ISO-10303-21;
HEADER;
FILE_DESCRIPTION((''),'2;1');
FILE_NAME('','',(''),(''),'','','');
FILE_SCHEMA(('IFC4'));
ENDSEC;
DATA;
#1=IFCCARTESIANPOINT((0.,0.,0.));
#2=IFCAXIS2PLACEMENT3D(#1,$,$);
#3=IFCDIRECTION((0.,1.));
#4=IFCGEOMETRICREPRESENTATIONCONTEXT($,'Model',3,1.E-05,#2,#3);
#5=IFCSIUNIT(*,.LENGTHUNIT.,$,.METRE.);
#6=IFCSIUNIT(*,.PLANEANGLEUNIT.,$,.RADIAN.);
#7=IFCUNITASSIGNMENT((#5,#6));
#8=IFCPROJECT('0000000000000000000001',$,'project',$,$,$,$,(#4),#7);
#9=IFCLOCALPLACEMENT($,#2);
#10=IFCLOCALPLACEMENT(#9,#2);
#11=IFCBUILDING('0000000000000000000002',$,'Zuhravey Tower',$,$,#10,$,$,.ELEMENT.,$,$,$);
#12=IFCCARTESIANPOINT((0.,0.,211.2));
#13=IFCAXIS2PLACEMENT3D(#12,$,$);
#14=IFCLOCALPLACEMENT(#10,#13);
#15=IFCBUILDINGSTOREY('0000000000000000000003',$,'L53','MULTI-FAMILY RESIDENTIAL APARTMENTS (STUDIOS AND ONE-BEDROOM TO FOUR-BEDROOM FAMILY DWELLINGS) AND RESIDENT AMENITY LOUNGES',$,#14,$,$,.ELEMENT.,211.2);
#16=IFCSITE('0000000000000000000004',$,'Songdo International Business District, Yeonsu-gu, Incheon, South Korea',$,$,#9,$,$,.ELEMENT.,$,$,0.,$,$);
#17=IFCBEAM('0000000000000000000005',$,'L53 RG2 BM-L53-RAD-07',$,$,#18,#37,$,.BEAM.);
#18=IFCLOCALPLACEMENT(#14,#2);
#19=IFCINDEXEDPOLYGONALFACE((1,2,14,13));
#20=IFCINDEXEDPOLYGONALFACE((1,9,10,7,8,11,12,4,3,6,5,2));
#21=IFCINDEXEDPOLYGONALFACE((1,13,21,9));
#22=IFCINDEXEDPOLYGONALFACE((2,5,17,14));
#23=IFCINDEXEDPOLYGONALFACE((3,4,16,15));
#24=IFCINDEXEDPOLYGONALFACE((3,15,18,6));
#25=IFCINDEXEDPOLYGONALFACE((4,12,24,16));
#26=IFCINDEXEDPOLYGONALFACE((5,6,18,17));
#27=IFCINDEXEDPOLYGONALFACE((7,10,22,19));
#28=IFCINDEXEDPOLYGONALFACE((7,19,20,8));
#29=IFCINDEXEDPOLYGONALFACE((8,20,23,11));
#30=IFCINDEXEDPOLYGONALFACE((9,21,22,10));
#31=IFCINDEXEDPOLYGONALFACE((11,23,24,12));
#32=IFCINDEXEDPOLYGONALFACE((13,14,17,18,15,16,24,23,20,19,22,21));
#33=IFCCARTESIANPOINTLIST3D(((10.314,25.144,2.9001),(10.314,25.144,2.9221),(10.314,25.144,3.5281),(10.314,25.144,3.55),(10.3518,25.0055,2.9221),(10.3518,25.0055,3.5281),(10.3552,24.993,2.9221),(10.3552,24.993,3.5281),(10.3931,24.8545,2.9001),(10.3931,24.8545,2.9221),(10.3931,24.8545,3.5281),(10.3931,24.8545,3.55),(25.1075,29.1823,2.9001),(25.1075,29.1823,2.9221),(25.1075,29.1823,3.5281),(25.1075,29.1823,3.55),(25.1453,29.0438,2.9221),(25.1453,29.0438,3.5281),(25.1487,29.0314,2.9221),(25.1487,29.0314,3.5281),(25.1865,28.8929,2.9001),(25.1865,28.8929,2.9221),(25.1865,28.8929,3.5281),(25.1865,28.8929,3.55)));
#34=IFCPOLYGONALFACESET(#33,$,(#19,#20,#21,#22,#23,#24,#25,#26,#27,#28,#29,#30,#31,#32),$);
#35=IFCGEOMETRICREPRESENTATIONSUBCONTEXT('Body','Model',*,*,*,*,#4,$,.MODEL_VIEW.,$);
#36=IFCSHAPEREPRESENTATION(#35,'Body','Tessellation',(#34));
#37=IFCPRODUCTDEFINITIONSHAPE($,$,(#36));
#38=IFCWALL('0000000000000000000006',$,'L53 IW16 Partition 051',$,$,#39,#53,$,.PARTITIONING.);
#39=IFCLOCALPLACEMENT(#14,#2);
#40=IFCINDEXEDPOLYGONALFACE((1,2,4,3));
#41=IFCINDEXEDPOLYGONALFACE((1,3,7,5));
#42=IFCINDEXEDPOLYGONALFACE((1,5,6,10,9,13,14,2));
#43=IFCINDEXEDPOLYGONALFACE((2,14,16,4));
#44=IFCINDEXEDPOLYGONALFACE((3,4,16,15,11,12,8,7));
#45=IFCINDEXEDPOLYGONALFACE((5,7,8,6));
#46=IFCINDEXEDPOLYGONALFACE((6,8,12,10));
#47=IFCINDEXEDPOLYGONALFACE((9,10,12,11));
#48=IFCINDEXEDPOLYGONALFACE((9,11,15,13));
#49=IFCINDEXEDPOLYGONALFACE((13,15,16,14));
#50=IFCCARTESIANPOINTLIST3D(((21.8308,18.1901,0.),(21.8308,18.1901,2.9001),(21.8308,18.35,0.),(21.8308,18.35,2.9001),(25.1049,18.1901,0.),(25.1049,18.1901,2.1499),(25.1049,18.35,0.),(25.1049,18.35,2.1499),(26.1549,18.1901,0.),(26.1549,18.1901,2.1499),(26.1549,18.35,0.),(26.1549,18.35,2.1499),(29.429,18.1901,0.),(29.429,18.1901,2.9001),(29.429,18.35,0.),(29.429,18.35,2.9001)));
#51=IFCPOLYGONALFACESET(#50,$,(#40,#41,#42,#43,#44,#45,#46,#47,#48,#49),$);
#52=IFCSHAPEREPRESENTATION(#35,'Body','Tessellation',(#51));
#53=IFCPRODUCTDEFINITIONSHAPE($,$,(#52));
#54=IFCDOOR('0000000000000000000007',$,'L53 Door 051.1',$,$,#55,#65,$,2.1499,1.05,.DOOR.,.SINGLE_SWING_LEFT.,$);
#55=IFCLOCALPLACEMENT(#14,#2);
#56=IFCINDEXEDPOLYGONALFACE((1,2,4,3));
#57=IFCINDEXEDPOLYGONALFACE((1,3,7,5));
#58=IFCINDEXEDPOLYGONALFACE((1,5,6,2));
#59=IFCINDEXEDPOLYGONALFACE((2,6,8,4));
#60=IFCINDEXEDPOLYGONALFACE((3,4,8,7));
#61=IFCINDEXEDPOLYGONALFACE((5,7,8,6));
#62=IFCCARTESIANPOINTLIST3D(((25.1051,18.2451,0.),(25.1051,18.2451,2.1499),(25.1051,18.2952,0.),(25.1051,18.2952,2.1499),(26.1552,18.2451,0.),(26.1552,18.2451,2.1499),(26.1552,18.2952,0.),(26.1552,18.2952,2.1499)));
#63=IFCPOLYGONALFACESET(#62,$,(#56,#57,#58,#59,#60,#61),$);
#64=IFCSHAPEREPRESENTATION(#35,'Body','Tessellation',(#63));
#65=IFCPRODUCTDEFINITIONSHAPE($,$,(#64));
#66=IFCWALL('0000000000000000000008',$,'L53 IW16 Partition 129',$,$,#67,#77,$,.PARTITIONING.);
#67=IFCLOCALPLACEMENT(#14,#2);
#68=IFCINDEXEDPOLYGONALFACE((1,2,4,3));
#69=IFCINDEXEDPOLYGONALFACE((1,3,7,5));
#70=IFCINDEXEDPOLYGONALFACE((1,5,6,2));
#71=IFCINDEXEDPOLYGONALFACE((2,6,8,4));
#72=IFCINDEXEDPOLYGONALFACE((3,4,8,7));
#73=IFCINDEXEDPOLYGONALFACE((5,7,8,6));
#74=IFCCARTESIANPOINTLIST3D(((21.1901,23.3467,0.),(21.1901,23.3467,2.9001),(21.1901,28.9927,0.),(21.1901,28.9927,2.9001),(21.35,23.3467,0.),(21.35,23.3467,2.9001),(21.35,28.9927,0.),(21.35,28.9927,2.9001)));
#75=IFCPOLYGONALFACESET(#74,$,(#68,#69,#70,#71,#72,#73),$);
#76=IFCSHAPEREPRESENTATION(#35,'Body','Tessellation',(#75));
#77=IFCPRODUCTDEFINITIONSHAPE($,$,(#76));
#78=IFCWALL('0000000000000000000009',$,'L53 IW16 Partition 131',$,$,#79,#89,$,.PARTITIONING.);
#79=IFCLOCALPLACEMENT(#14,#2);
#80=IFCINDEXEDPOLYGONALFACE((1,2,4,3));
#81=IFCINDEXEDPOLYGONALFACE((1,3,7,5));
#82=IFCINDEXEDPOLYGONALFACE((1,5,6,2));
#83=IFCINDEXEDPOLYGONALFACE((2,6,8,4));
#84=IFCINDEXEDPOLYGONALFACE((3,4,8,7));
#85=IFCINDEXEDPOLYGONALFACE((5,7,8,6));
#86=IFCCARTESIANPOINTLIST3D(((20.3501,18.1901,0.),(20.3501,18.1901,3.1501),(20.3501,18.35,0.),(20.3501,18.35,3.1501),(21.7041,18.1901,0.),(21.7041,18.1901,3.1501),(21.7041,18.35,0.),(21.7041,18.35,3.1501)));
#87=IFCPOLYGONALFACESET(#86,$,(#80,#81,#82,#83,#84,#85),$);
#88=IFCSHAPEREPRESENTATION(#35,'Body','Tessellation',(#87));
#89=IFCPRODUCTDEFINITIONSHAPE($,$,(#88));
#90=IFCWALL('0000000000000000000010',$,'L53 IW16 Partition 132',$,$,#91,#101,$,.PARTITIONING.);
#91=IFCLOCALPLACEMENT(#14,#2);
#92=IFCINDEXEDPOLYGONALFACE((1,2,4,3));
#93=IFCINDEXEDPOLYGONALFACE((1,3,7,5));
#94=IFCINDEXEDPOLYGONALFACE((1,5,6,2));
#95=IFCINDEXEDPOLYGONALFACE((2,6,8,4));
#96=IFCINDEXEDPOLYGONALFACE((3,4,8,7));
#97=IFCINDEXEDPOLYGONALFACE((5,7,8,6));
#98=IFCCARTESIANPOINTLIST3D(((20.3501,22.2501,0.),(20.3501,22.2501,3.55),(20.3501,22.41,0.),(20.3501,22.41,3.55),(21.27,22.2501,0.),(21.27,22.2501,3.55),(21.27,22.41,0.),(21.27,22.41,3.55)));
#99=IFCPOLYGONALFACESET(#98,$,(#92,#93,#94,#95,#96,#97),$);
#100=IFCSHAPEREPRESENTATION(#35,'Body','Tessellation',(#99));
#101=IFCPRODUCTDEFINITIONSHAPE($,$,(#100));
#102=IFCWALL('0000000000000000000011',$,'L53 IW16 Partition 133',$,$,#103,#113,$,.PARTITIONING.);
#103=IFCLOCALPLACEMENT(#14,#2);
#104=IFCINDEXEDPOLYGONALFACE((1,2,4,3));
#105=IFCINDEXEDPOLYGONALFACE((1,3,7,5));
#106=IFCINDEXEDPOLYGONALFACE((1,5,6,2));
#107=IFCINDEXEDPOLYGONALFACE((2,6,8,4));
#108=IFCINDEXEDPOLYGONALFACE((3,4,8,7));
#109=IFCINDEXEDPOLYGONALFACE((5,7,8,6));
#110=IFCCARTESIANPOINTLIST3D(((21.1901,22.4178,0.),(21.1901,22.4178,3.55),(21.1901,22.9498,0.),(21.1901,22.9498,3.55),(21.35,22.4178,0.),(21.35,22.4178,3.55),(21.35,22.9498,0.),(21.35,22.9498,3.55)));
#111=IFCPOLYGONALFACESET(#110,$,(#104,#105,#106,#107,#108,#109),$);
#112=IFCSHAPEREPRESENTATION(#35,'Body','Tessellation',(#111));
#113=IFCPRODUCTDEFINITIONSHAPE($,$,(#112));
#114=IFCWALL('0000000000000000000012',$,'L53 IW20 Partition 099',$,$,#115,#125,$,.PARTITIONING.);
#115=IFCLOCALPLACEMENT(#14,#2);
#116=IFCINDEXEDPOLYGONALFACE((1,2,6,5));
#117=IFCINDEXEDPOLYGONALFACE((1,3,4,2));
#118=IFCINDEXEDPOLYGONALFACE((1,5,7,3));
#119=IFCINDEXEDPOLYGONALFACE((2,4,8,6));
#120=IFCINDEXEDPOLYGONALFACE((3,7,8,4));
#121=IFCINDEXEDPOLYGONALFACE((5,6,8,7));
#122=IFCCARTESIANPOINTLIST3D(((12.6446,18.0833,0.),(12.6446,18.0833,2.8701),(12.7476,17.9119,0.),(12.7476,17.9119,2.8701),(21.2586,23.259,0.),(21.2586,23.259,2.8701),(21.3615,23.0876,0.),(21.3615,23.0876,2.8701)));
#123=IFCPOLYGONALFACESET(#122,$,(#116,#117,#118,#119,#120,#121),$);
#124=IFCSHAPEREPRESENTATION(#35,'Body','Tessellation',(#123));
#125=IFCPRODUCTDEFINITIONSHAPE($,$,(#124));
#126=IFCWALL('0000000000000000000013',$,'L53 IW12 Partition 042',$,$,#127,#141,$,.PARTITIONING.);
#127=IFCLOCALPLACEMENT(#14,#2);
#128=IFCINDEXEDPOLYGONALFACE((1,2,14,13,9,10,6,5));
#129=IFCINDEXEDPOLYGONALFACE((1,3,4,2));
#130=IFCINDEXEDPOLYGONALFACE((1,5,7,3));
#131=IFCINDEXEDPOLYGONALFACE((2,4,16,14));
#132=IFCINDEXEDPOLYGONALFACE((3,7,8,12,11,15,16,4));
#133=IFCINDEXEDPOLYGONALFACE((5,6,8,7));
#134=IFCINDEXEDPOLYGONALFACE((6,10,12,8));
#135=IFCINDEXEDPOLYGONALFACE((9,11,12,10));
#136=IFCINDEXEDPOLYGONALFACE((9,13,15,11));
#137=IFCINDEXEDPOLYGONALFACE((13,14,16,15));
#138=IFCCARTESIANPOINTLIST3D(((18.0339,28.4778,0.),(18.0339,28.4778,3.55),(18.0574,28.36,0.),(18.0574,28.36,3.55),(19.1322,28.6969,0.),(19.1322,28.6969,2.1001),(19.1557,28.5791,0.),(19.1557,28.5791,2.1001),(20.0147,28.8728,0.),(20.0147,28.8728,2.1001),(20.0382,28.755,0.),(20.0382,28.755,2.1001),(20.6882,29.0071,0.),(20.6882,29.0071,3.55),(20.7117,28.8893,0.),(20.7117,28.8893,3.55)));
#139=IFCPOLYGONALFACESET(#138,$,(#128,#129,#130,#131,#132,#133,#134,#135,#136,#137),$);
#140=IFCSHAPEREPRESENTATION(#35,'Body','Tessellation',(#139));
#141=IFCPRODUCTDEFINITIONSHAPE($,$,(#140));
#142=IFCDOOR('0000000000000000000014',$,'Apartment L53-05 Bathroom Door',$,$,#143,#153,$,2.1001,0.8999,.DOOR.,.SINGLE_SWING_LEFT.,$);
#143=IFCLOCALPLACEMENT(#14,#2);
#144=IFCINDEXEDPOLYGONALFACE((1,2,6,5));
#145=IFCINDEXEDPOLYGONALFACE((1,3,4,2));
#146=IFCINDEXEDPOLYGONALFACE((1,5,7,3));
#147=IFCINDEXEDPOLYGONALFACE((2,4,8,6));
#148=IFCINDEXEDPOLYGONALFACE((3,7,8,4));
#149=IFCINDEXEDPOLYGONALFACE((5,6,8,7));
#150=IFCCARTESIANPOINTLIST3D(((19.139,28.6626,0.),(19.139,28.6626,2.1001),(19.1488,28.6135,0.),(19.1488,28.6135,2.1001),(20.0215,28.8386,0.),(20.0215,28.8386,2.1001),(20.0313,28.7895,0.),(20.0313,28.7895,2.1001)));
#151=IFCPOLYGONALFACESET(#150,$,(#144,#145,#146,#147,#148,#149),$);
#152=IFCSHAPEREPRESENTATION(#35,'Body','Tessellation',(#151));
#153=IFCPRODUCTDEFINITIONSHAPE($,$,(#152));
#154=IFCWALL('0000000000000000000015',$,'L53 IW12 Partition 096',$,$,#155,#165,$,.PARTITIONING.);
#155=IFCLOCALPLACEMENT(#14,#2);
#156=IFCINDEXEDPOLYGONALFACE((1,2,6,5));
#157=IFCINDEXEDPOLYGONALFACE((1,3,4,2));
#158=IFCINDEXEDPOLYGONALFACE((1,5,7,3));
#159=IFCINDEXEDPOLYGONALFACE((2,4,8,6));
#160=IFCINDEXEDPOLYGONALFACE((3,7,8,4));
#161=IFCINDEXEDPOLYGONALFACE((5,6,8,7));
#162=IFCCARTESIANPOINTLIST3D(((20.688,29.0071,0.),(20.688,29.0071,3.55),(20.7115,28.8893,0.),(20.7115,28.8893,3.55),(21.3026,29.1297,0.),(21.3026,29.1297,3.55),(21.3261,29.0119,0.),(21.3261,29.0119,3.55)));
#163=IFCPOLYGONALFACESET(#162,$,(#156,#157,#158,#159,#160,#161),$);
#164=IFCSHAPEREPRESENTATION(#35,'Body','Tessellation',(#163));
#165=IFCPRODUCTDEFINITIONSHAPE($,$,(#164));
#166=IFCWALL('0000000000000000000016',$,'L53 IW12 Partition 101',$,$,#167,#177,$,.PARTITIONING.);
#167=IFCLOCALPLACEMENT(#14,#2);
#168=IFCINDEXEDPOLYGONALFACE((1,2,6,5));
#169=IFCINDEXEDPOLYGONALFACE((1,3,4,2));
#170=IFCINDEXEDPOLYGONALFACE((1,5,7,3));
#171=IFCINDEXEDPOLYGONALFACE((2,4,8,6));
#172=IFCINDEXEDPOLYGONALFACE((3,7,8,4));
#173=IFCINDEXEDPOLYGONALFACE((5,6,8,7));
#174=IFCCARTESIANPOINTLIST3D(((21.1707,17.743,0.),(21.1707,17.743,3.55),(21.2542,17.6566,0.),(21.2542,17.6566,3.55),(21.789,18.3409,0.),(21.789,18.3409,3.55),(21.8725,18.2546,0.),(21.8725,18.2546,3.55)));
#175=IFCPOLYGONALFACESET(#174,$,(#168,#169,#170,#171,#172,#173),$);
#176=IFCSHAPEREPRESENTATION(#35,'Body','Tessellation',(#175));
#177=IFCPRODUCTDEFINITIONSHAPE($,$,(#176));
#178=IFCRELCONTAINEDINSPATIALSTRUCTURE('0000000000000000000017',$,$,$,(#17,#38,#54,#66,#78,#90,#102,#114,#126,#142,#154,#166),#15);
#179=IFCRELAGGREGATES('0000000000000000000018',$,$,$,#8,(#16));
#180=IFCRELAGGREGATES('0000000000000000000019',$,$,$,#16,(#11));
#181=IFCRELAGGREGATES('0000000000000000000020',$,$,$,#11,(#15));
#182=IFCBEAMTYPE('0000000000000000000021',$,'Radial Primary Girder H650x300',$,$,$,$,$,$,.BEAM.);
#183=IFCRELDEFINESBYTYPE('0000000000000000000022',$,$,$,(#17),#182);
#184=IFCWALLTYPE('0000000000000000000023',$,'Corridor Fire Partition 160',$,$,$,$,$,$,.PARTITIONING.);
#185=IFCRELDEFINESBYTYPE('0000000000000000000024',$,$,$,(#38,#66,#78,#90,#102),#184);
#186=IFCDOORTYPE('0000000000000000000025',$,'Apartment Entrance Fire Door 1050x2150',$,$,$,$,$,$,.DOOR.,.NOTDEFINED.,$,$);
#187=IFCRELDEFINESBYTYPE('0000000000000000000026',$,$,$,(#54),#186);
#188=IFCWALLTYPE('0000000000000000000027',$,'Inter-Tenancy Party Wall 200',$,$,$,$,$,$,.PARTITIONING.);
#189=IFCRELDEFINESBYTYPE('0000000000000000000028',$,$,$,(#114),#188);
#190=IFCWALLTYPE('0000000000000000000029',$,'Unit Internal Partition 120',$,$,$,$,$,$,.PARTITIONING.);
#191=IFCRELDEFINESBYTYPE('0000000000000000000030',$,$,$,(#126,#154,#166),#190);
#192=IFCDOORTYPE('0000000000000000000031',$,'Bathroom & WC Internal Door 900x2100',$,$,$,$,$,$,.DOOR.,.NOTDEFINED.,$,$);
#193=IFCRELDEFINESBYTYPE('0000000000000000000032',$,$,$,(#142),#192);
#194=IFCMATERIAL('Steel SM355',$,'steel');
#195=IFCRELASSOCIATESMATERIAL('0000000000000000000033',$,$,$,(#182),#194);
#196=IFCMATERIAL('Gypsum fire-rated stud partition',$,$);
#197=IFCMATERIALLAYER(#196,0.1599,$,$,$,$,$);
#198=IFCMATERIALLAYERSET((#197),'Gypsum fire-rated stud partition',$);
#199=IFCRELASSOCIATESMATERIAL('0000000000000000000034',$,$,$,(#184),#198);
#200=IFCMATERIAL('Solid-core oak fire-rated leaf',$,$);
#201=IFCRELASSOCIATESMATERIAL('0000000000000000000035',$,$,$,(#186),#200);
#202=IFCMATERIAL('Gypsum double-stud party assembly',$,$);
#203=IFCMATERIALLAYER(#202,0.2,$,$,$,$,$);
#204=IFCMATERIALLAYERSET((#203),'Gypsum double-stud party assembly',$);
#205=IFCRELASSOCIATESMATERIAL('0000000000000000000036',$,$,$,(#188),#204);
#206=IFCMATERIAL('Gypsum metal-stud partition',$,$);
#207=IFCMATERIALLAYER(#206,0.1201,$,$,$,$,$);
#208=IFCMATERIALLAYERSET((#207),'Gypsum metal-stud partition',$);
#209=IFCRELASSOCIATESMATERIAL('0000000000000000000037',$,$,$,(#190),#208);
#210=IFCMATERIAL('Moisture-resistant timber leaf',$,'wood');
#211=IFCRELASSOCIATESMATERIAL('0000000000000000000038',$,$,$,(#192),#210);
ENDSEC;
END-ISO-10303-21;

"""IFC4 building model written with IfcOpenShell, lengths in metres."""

from ifc_helpers import new_model, si_unit, direction, frame, frame_2d, origin, origin_2d, place, context, subcontext, project, spatial, rectangle, i_section, extrude, material, layer, layer_set, material_profile, profile_set, type_object, element, fill, save


model = new_model("IFC4")

# Units and contexts
model_context = context("Model", 3, precision=1e-05, world=origin(), true_north=direction((0.0, 1.0)))
body_context = subcontext(model_context, "Body", "Model", "MODEL_VIEW")
ifc_project = project(units=[si_unit("LENGTHUNIT", "METRE"), si_unit("PLANEANGLEUNIT", "RADIAN")], contexts=[model_context])

# Site, building, storey
site_placement = place(None, origin())
site = spatial("IfcSite", under=ifc_project, at=site_placement, Name="Songdo International Business District, Yeonsu-gu, Incheon, South Korea", CompositionType="ELEMENT", RefElevation=0.0)
building_placement = place(site_placement, origin())
building = spatial("IfcBuilding", under=site, at=building_placement, Name="Zuhravey Tower", CompositionType="ELEMENT")
storey_placement = place(building_placement, frame((0.0, 0.0, 211.2)))
storey = spatial("IfcBuildingStorey", under=building, at=storey_placement, Name="L53", Description="MULTI-FAMILY RESIDENTIAL APARTMENTS (STUDIOS AND ONE-BEDROOM TO FOUR-BEDROOM FAMILY DWELLINGS) AND RESIDENT AMENITY LOUNGES", CompositionType="ELEMENT", Elevation=211.2)

# Beam
ifc_material_1 = material(Name="Steel SM355", Category="steel")
ifc_material_profile = material_profile(ifc_material_1, i_section(OverallWidth=0.3, OverallDepth=0.6499, WebThickness=0.0129, FlangeThickness=0.022, at=origin_2d()), Name="H-650x300x13x22")
ifc_profile_set = profile_set([ifc_material_profile], Name="Steel SM355")
beam_type = type_object("IfcBeamType", Name="Radial Primary Girder H650x300", PredefinedType="BEAM", material=ifc_profile_set)
beam_placement = place(storey_placement, frame((25.147, 29.0376, 3.2251), z_axis=(-0.964702, -0.263345, 0.0), x_axis=(0.263345, -0.964702, 0.0)))
element("IfcBeam", 1, at=beam_placement, inside=storey, type_object=beam_type, Name="L53 RG2 BM-L53-RAD-07", PredefinedType="BEAM", context=body_context, shape_type="SweptSolid", body=[
    extrude(i_section(OverallWidth=0.3, OverallDepth=0.6499, WebThickness=0.0129, FlangeThickness=0.022, at=origin_2d()), origin(), (0.0, 0.0, 1.0), 15.3347),
])

# Wall, opening, door
ifc_material_2 = material(Name="Gypsum fire-rated stud partition")
ifc_layer_1 = layer(ifc_material_2, 0.1599)
ifc_layer_set_1 = layer_set([ifc_layer_1], Name="Gypsum fire-rated stud partition")
wall_type_1 = type_object("IfcWallType", Name="Corridor Fire Partition 160", PredefinedType="PARTITIONING", material=ifc_layer_set_1)
wall_1_placement = place(storey_placement, frame((21.8308, 18.27, 0.0), z_axis=(0.0, 0.0, 1.0), x_axis=(1.0, 0.0, 0.0)))
wall_1 = element("IfcWall", 2, at=wall_1_placement, inside=storey, type_object=wall_type_1, Name="L53 IW16 Partition 051", PredefinedType="PARTITIONING", context=body_context, shape_type="SweptSolid", body=[
    extrude(rectangle(XDim=7.5981, YDim=0.1599, at=frame_2d((3.7991, 0.0))), origin(), (0.0, 0.0, 1.0), 2.9001),
])
opening_1_placement = place(wall_1_placement, frame((3.2742, 0.0, 0.0)))
opening_1 = element("IfcOpeningElement", 3, at=opening_1_placement, cuts=wall_1, PredefinedType="OPENING", context=body_context, shape_type="SweptSolid", body=[
    extrude(rectangle(XDim=1.05, YDim=2.1499, at=frame_2d((0.5249, 1.075))), frame((0.0, 0.092, 0.0), z_axis=(0.0, -1.0, 0.0), x_axis=(1.0, 0.0, 0.0)), (0.0, 0.0, 1.0), 0.1838),
])
ifc_material_3 = material(Name="Solid-core oak fire-rated leaf")
door_type_1 = type_object("IfcDoorType", Name="Apartment Entrance Fire Door 1050x2150", OperationType="NOTDEFINED", PredefinedType="DOOR", material=ifc_material_3)
door_1_placement = place(opening_1_placement, frame((1.05, 0.0, 0.0), z_axis=(0.0, 0.0, 1.0), x_axis=(-1.0, 0.0, 0.0)))
door_1 = element("IfcDoor", 4, at=door_1_placement, inside=storey, type_object=door_type_1, Name="L53 Door 051.1", OperationType="SINGLE_SWING_LEFT", OverallHeight=2.1499, OverallWidth=1.05, PredefinedType="DOOR", context=body_context, shape_type="SweptSolid", body=[
    extrude(rectangle(XDim=1.05, YDim=2.1499, at=frame_2d((0.5249, 1.075))), frame((0.0, 0.0249, 0.0), z_axis=(0.0, -1.0, 0.0), x_axis=(1.0, 0.0, 0.0)), (0.0, 0.0, 1.0), 0.05),
])
fill(opening_1, door_1)

# Walls
wall_2_placement = place(storey_placement, frame((21.27, 28.9927, 0.0), z_axis=(0.0, 0.0, 1.0), x_axis=(0.0, -1.0, 0.0)))
element("IfcWall", 5, at=wall_2_placement, inside=storey, type_object=wall_type_1, Name="L53 IW16 Partition 129", PredefinedType="PARTITIONING", context=body_context, shape_type="SweptSolid", body=[
    extrude(rectangle(XDim=5.646, YDim=0.1599, at=frame_2d((2.823, 0.0))), origin(), (0.0, 0.0, 1.0), 2.9001),
])
wall_3_placement = place(storey_placement, frame((20.3501, 18.27, 0.0), z_axis=(0.0, 0.0, 1.0), x_axis=(1.0, 0.0, 0.0)))
element("IfcWall", 6, at=wall_3_placement, inside=storey, type_object=wall_type_1, Name="L53 IW16 Partition 131", PredefinedType="PARTITIONING", context=body_context, shape_type="SweptSolid", body=[
    extrude(rectangle(XDim=1.354, YDim=0.1599, at=frame_2d((0.677, 0.0))), origin(), (0.0, 0.0, 1.0), 3.1501),
])
wall_4_placement = place(storey_placement, frame((21.27, 22.3301, 0.0), z_axis=(0.0, 0.0, 1.0), x_axis=(-1.0, 0.0, 0.0)))
element("IfcWall", 7, at=wall_4_placement, inside=storey, type_object=wall_type_1, Name="L53 IW16 Partition 132", PredefinedType="PARTITIONING", context=body_context, shape_type="SweptSolid", body=[
    extrude(rectangle(XDim=0.9199, YDim=0.1599, at=frame_2d((0.46, 0.0))), origin(), (0.0, 0.0, 1.0), 3.55),
])
wall_5_placement = place(storey_placement, frame((21.27, 22.95, 0.0), z_axis=(0.0, 0.0, 1.0), x_axis=(0.0, -1.0, 0.0)))
element("IfcWall", 8, at=wall_5_placement, inside=storey, type_object=wall_type_1, Name="L53 IW16 Partition 133", PredefinedType="PARTITIONING", context=body_context, shape_type="SweptSolid", body=[
    extrude(rectangle(XDim=0.532, YDim=0.1599, at=frame_2d((0.2661, 0.0))), origin(), (0.0, 0.0, 1.0), 3.55),
])
ifc_material_4 = material(Name="Gypsum double-stud party assembly")
ifc_layer_2 = layer(ifc_material_4, 0.2)
ifc_layer_set_2 = layer_set([ifc_layer_2], Name="Gypsum double-stud party assembly")
wall_type_2 = type_object("IfcWallType", Name="Inter-Tenancy Party Wall 200", PredefinedType="PARTITIONING", material=ifc_layer_set_2)
wall_6_placement = place(storey_placement, frame((21.3101, 23.1733, 0.0), z_axis=(0.0, 0.0, 1.0), x_axis=(-0.857169, -0.515035, 0.0)))
element("IfcWall", 9, at=wall_6_placement, inside=storey, type_object=wall_type_2, Name="L53 IW20 Partition 099", PredefinedType="PARTITIONING", context=body_context, shape_type="SweptSolid", body=[
    extrude(rectangle(XDim=10.0493, YDim=0.2, at=frame_2d((5.0247, 0.0))), origin(), (0.0, 0.0, 1.0), 2.8701),
])

# Wall, opening, door
ifc_material_5 = material(Name="Gypsum metal-stud partition")
ifc_layer_3 = layer(ifc_material_5, 0.1201)
ifc_layer_set_3 = layer_set([ifc_layer_3], Name="Gypsum metal-stud partition")
wall_type_3 = type_object("IfcWallType", Name="Unit Internal Partition 120", PredefinedType="PARTITIONING", material=ifc_layer_set_3)
wall_7_placement = place(storey_placement, frame((20.7, 28.9482, 0.0), z_axis=(0.0, 0.0, 1.0), x_axis=(-0.980692, -0.195561, 0.0)))
wall_7 = element("IfcWall", 10, at=wall_7_placement, inside=storey, type_object=wall_type_3, Name="L53 IW12 Partition 042", PredefinedType="PARTITIONING", context=body_context, shape_type="SweptSolid", body=[
    extrude(rectangle(XDim=2.7065, YDim=0.1201, at=frame_2d((1.3533, 0.0))), origin(), (0.0, 0.0, 1.0), 3.55),
])
opening_2_placement = place(wall_7_placement, frame((0.6868, 0.0, 0.0)))
opening_2 = element("IfcOpeningElement", 11, at=opening_2_placement, cuts=wall_7, PredefinedType="OPENING", context=body_context, shape_type="SweptSolid", body=[
    extrude(rectangle(XDim=0.8999, YDim=2.1001, at=frame_2d((0.45, 1.05))), frame((0.0, 0.072, 0.0), z_axis=(0.0, -1.0, 0.0), x_axis=(1.0, 0.0, 0.0)), (0.0, 0.0, 1.0), 0.144),
])
ifc_material_6 = material(Name="Moisture-resistant timber leaf", Category="wood")
door_type_2 = type_object("IfcDoorType", Name="Bathroom & WC Internal Door 900x2100", OperationType="NOTDEFINED", PredefinedType="DOOR", material=ifc_material_6)
door_2_placement = place(opening_2_placement, origin())
door_2 = element("IfcDoor", 12, at=door_2_placement, inside=storey, type_object=door_type_2, Name="Apartment L53-05 Bathroom Door", OperationType="SINGLE_SWING_LEFT", OverallHeight=2.1001, OverallWidth=0.8999, PredefinedType="DOOR", context=body_context, shape_type="SweptSolid", body=[
    extrude(rectangle(XDim=0.8999, YDim=2.1001, at=frame_2d((0.45, 1.05))), frame((0.0, 0.0249, 0.0), z_axis=(0.0, -1.0, 0.0), x_axis=(1.0, 0.0, 0.0)), (0.0, 0.0, 1.0), 0.05),
])
fill(opening_2, door_2)

# Walls
wall_8_placement = place(storey_placement, frame((21.3145, 29.0708, 0.0), z_axis=(0.0, 0.0, 1.0), x_axis=(-0.980685, -0.195592, 0.0)))
element("IfcWall", 13, at=wall_8_placement, inside=storey, type_object=wall_type_3, Name="L53 IW12 Partition 096", PredefinedType="PARTITIONING", context=body_context, shape_type="SweptSolid", body=[
    extrude(rectangle(XDim=0.6267, YDim=0.1201, at=frame_2d((0.3135, 0.0))), origin(), (0.0, 0.0, 1.0), 3.55),
])
wall_9_placement = place(storey_placement, frame((21.8308, 18.2979, 0.0), z_axis=(0.0, 0.0, 1.0), x_axis=(-0.71879, -0.695228, 0.0)))
element("IfcWall", 14, at=wall_9_placement, inside=storey, type_object=wall_type_3, Name="L53 IW12 Partition 101", PredefinedType="PARTITIONING", context=body_context, shape_type="SweptSolid", body=[
    extrude(rectangle(XDim=0.8601, YDim=0.1201, at=frame_2d((0.4302, 0.0))), origin(), (0.0, 0.0, 1.0), 3.55),
])

save(model, "model.ifc")
